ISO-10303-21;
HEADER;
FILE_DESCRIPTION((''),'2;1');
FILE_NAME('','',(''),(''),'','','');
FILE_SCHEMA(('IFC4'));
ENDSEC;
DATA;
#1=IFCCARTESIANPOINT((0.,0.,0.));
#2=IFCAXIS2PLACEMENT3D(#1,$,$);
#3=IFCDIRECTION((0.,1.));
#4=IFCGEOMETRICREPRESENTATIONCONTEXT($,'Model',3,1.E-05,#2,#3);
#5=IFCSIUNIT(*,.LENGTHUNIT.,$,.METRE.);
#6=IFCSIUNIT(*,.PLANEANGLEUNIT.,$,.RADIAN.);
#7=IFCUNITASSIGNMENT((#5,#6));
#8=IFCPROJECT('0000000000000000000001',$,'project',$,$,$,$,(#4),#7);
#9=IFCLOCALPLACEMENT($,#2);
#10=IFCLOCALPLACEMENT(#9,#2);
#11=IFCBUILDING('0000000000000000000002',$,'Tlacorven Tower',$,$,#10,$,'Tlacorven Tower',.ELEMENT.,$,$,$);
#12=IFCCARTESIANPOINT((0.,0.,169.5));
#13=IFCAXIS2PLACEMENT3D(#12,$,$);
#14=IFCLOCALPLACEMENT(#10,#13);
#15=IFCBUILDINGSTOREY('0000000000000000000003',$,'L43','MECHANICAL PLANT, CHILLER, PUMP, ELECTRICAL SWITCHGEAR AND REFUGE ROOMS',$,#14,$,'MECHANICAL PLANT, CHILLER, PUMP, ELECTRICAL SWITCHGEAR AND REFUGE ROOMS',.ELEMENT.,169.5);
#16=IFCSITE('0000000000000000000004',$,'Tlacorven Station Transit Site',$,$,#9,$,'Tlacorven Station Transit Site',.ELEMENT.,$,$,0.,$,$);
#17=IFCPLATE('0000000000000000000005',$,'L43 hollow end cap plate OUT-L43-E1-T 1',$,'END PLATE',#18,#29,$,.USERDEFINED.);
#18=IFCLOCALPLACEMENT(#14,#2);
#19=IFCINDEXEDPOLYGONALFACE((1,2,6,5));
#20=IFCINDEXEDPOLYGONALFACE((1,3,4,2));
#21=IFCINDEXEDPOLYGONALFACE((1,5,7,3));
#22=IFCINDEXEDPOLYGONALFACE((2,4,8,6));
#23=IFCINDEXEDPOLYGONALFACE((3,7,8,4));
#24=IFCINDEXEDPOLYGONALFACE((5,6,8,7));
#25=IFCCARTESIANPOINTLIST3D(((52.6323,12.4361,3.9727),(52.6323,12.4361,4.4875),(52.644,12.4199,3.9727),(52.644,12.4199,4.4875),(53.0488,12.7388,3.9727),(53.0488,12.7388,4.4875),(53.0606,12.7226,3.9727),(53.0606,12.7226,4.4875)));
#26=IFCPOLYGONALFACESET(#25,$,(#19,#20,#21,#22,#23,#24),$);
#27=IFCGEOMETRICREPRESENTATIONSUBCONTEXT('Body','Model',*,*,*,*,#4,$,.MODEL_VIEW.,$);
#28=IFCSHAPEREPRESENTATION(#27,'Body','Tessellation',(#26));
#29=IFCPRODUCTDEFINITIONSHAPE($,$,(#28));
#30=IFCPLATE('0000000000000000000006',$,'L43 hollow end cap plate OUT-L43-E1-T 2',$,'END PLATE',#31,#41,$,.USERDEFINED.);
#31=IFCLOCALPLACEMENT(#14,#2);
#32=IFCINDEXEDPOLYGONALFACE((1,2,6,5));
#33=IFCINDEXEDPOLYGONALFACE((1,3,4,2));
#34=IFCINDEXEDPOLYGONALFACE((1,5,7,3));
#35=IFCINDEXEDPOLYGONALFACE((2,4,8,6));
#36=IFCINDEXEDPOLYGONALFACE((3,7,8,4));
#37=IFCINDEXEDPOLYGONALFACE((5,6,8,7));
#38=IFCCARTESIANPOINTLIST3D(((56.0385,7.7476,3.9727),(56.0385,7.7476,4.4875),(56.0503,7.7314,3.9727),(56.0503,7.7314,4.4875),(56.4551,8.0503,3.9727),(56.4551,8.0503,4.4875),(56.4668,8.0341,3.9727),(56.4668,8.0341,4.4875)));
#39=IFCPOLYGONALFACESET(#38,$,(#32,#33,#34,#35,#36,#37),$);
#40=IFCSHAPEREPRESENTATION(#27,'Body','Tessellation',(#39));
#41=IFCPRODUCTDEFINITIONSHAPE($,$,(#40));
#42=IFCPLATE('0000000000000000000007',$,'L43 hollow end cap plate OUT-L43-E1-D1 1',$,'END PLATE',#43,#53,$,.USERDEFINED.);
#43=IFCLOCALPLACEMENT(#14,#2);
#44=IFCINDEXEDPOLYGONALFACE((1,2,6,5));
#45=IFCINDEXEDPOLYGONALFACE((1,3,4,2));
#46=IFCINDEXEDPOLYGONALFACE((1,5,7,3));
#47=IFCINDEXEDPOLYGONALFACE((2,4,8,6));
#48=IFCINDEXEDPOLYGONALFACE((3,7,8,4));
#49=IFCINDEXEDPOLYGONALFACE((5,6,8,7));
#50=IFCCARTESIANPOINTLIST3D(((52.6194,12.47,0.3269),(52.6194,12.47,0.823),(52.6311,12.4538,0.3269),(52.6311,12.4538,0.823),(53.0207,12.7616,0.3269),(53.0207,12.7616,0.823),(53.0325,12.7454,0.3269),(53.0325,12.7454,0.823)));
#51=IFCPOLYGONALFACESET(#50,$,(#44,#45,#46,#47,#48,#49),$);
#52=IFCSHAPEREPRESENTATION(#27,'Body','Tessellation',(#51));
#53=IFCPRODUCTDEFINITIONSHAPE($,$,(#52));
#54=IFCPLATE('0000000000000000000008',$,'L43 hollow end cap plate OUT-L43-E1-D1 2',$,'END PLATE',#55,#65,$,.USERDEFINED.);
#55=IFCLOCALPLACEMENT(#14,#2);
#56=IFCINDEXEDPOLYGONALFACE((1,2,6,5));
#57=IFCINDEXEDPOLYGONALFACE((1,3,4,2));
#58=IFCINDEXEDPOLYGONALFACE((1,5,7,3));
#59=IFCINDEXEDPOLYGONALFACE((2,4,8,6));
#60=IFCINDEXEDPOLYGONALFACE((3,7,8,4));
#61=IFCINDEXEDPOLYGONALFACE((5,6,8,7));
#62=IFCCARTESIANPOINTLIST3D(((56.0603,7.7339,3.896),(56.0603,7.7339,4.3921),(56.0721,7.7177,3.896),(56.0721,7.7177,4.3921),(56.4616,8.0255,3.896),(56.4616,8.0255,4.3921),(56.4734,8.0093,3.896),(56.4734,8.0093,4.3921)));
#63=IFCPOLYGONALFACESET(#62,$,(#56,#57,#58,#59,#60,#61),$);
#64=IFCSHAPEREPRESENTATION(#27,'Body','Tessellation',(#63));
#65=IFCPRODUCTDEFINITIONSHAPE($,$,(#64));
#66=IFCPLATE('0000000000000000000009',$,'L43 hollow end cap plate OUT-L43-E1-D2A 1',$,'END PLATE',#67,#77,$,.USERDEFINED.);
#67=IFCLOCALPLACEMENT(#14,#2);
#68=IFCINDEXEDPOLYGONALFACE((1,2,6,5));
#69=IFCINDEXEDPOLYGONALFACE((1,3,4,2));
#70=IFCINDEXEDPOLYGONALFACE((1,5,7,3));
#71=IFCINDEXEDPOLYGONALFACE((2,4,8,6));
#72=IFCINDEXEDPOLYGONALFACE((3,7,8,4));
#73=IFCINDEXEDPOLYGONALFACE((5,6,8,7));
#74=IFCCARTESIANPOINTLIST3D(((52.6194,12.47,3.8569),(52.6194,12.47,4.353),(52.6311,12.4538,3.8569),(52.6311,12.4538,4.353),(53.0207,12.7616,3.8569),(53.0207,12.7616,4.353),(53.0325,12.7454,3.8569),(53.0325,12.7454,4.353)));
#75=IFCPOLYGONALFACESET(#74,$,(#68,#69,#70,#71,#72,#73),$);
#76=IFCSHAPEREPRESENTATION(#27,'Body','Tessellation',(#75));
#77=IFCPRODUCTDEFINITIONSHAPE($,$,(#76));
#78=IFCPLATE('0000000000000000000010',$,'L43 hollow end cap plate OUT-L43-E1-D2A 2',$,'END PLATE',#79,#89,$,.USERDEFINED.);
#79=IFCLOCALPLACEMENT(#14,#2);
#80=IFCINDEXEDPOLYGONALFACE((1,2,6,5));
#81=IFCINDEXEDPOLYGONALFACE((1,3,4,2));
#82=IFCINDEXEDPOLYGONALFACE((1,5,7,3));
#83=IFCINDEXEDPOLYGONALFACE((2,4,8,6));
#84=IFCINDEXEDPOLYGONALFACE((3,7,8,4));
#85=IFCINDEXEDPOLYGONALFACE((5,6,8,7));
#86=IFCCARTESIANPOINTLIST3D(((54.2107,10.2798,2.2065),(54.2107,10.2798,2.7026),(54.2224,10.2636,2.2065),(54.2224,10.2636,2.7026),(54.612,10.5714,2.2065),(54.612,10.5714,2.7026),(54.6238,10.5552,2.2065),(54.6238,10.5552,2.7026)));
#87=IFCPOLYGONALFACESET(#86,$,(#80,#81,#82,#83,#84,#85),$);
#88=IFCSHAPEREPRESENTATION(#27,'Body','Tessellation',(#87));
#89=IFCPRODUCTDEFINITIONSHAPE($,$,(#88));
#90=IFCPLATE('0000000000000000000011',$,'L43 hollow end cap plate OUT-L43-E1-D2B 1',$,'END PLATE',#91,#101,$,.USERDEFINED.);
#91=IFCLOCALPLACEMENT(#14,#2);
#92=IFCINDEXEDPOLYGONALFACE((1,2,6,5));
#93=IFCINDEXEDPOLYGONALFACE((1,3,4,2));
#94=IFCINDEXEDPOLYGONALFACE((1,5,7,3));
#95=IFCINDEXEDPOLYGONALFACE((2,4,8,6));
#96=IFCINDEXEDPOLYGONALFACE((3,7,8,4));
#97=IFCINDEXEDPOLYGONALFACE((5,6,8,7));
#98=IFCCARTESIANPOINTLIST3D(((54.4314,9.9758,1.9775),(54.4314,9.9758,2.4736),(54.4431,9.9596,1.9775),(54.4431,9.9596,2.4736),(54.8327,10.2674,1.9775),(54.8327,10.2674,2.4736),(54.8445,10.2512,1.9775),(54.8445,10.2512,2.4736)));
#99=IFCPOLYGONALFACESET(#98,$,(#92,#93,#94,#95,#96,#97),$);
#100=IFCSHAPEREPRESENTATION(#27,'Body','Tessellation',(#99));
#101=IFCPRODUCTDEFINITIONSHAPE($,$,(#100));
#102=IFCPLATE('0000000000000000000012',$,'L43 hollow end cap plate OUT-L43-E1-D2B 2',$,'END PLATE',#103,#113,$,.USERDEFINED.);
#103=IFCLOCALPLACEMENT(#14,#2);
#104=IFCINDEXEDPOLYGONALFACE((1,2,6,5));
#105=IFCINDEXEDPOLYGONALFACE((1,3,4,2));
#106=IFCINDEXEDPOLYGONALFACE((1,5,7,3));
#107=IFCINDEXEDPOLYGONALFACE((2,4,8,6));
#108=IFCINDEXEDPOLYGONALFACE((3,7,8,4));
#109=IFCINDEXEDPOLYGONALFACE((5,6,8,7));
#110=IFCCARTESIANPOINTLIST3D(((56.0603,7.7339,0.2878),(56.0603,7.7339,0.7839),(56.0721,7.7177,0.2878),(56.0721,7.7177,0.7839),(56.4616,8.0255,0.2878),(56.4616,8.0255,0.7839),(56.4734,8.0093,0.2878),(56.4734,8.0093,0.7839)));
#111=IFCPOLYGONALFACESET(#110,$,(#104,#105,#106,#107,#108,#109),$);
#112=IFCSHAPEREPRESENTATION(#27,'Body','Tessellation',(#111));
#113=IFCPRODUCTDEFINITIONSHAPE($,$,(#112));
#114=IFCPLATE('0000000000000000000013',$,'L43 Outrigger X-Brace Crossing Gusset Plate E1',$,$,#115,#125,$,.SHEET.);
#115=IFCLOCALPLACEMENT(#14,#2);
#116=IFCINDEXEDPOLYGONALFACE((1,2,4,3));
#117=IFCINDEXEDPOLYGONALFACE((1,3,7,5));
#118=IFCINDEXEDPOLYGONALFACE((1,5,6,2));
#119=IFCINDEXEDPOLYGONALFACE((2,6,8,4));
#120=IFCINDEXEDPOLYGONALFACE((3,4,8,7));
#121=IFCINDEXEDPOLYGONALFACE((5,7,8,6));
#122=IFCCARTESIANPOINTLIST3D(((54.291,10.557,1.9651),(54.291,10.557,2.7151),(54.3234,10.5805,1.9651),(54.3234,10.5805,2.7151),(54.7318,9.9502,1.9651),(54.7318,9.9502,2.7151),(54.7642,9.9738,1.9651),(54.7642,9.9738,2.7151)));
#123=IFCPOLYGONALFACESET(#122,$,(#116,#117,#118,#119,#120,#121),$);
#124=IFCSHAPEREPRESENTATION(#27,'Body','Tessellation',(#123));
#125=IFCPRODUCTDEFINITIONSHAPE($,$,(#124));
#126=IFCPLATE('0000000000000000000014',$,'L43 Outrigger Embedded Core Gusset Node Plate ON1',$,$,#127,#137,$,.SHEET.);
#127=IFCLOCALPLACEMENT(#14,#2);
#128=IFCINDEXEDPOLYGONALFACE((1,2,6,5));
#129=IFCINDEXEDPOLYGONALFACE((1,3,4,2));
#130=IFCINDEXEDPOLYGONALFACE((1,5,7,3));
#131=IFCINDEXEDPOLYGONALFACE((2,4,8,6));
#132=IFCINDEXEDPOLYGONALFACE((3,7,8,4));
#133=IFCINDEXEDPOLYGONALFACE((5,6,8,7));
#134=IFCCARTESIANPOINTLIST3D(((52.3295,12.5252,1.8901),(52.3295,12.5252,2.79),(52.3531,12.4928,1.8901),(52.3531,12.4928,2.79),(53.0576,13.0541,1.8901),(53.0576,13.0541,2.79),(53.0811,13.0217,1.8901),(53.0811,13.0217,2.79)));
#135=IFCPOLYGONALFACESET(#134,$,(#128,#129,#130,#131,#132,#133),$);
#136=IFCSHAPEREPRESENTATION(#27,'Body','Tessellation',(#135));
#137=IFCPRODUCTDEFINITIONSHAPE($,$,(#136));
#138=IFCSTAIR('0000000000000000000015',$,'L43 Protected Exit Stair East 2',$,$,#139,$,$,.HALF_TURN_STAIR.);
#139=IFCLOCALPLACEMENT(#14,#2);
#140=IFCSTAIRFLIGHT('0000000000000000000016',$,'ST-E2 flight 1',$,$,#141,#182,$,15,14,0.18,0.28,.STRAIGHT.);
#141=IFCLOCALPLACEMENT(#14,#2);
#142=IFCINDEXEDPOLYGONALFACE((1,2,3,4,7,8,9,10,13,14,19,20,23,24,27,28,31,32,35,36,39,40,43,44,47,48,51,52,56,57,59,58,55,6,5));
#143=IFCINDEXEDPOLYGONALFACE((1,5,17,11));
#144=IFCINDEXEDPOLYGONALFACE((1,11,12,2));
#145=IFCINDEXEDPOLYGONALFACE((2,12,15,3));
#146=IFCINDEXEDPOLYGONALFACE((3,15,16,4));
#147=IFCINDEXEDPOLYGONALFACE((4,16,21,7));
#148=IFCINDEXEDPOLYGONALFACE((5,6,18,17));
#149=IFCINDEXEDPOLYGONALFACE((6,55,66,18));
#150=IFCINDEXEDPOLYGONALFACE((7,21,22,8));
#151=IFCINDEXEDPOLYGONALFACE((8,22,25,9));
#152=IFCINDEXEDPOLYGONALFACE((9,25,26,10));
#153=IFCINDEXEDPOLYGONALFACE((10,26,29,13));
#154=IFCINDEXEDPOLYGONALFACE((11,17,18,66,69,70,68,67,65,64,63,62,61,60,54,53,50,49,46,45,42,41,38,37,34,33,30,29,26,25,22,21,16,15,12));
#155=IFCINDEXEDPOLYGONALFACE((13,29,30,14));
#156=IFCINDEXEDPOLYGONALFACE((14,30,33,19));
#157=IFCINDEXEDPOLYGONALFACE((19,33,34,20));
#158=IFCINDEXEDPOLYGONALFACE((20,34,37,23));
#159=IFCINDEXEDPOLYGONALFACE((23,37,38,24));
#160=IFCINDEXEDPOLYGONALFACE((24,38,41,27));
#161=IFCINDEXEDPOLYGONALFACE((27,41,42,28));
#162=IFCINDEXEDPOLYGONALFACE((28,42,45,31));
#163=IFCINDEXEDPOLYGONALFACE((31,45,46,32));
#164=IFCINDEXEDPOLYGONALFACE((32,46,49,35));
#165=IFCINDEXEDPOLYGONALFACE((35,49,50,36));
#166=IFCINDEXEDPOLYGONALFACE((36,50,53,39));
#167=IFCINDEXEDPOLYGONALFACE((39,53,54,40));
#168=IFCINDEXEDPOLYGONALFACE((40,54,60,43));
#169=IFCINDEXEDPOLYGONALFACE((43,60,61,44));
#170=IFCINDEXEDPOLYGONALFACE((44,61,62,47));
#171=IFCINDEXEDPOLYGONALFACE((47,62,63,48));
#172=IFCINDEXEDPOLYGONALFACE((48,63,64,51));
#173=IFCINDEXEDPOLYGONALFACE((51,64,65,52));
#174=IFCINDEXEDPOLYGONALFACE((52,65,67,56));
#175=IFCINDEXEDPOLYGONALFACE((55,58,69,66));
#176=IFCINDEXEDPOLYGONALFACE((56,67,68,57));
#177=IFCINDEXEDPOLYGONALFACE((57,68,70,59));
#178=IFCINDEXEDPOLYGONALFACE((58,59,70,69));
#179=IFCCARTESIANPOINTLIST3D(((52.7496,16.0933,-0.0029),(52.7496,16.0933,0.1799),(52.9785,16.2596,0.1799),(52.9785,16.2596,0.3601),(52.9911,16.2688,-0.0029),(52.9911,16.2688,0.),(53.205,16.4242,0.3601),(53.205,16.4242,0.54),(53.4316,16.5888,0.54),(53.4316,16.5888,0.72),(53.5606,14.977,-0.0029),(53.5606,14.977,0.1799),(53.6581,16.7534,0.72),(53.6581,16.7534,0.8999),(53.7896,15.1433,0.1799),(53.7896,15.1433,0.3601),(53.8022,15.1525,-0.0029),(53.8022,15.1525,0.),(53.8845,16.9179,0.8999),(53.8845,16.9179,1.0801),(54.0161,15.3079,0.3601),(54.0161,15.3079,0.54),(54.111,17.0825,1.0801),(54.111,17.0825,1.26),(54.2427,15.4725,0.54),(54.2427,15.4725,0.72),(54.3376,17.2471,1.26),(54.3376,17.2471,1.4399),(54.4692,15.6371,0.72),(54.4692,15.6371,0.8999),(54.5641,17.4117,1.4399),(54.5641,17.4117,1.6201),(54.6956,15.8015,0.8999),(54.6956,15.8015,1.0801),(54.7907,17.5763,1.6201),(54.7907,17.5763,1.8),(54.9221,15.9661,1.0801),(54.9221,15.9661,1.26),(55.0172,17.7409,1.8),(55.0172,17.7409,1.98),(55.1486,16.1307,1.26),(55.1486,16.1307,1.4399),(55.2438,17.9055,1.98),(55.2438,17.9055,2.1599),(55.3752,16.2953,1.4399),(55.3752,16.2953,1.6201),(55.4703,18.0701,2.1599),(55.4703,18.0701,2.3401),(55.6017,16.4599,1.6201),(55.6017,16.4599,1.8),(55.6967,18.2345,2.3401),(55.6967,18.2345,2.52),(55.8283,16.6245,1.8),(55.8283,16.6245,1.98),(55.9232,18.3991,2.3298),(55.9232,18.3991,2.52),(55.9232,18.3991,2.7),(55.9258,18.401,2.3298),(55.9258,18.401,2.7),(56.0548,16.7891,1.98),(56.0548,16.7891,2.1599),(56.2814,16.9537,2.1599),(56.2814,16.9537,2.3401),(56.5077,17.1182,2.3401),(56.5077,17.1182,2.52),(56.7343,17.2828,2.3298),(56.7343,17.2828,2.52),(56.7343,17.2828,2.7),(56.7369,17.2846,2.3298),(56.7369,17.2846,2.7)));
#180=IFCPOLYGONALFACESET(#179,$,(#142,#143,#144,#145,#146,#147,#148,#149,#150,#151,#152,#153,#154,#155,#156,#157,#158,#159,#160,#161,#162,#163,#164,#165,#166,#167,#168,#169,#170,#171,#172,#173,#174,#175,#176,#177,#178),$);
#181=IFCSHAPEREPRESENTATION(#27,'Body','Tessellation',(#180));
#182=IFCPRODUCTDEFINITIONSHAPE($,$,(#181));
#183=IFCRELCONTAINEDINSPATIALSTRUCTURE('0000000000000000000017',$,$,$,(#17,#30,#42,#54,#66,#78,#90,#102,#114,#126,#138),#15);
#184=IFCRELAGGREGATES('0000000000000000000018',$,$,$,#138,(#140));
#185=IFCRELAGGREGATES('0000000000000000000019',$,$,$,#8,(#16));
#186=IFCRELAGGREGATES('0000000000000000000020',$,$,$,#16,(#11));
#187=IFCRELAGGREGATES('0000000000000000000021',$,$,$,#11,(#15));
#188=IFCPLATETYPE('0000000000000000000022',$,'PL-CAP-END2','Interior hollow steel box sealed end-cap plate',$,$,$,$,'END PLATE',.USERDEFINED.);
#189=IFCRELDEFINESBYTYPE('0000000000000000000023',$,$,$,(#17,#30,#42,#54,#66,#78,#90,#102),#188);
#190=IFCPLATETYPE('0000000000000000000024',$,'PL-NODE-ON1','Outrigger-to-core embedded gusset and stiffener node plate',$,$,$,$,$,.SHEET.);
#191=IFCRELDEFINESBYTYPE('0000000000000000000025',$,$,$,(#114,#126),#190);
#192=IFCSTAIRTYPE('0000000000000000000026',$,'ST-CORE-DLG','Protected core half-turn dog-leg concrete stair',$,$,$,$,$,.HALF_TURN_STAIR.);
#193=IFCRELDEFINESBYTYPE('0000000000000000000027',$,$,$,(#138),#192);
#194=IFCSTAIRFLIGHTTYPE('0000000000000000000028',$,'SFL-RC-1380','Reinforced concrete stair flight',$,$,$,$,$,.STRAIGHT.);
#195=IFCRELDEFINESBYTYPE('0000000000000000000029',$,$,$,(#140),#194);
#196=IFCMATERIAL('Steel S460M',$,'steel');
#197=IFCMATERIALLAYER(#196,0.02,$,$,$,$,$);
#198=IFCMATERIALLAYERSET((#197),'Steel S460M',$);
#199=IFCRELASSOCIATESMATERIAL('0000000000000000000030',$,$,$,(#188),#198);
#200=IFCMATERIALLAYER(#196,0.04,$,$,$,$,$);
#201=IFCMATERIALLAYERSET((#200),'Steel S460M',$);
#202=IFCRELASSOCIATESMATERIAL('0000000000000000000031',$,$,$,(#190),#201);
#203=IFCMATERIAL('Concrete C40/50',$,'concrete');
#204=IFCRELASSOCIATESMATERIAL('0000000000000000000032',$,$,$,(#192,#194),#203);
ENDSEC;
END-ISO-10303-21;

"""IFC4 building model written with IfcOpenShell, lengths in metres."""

from ifc_helpers import new_model, si_unit, direction, frame, origin, origin_2d, place, context, subcontext, project, spatial, polyline, rectangle, outline, extrude, source, transform, mapped, material, layer, layer_set, type_object, element, aggregate, save


model = new_model("IFC4")

# Units and contexts
model_context = context("Model", 3, precision=1e-05, world=origin(), true_north=direction((0.0, 1.0)))
body_context = subcontext(model_context, "Body", "Model", "MODEL_VIEW")
ifc_project = project(units=[si_unit("LENGTHUNIT", "METRE"), si_unit("PLANEANGLEUNIT", "RADIAN")], contexts=[model_context])

# Site, building, storey
site_placement = place(None, origin())
site = spatial("IfcSite", under=ifc_project, at=site_placement, Name="Tlacorven Station Transit Site", LongName="Tlacorven Station Transit Site", CompositionType="ELEMENT", RefElevation=0.0)
building_placement = place(site_placement, origin())
building = spatial("IfcBuilding", under=site, at=building_placement, Name="Tlacorven Tower", LongName="Tlacorven Tower", CompositionType="ELEMENT")
storey_placement = place(building_placement, frame((0.0, 0.0, 169.5)))
storey = spatial("IfcBuildingStorey", under=building, at=storey_placement, Name="L43", Description="MECHANICAL PLANT, CHILLER, PUMP, ELECTRICAL SWITCHGEAR AND REFUGE ROOMS", LongName="MECHANICAL PLANT, CHILLER, PUMP, ELECTRICAL SWITCHGEAR AND REFUGE ROOMS", CompositionType="ELEMENT", Elevation=169.5)

# Shared definitions
ifc_material_1 = material(Name="Steel S460M", Category="steel")

# Plates
ifc_layer_1 = layer(ifc_material_1, 0.02)
ifc_layer_set_1 = layer_set([ifc_layer_1], Name="Steel S460M")
plate_type_1 = type_object("IfcPlateType", Name="PL-CAP-END2", Description="Interior hollow steel box sealed end-cap plate", ElementType="END PLATE", PredefinedType="USERDEFINED", material=ifc_layer_set_1)
shared_shape_1 = source(origin(), body_context, "Body", "SweptSolid", [
    extrude(rectangle(XDim=0.02, YDim=0.5149, at=origin_2d()), origin(), (0.0, 0.0, 1.0), 0.5149),
])
for number, where, z_axis, x_axis, name in (
    (1, (52.8464, 12.5793, 3.9727), (0.0, 0.0, 1.0), (0.587785, -0.809017, 0.0), "L43 hollow end cap plate OUT-L43-E1-T 1"),
    (2, (56.2527, 7.8909, 3.9727), (0.0, 0.0, 1.0), (0.587785, -0.809017, 0.0), "L43 hollow end cap plate OUT-L43-E1-T 2"),
):
    element("IfcPlate", number, at=place(storey_placement, frame(where, z_axis=z_axis, x_axis=x_axis)), inside=storey, type_object=plate_type_1, Name=name, ObjectType="END PLATE", PredefinedType="USERDEFINED", context=body_context, shape_type="MappedRepresentation", body=[
        mapped(shared_shape_1, transform((0.0, 0.0, 0.0), scale=1.0)),
    ])
shared_shape_2 = source(origin(), body_context, "Body", "SweptSolid", [
    extrude(rectangle(XDim=0.02, YDim=0.4961, at=origin_2d()), origin(), (0.0, 0.0, 1.0), 0.4961),
])
for number, where, z_axis, x_axis, name in (
    (3, (52.8259, 12.6077, 0.3269), (0.0, 0.0, 1.0), (0.587785, -0.809017, 0.0), "L43 hollow end cap plate OUT-L43-E1-D1 1"),
    (4, (56.2668, 7.8716, 3.896), (0.0, 0.0, 1.0), (0.587785, -0.809017, 0.0), "L43 hollow end cap plate OUT-L43-E1-D1 2"),
    (5, (52.8259, 12.6077, 3.8569), (0.0, 0.0, 1.0), (0.587784, -0.809018, 0.0), "L43 hollow end cap plate OUT-L43-E1-D2A 1"),
    (6, (54.4172, 10.4175, 2.2065), (0.0, 0.0, 1.0), (0.587784, -0.809018, 0.0), "L43 hollow end cap plate OUT-L43-E1-D2A 2"),
    (7, (54.6379, 10.1135, 1.9775), (0.0, 0.0, 1.0), (0.587787, -0.809016, 0.0), "L43 hollow end cap plate OUT-L43-E1-D2B 1"),
    (8, (56.2668, 7.8716, 0.2878), (0.0, 0.0, 1.0), (0.587787, -0.809016, 0.0), "L43 hollow end cap plate OUT-L43-E1-D2B 2"),
):
    element("IfcPlate", number, at=place(storey_placement, frame(where, z_axis=z_axis, x_axis=x_axis)), inside=storey, type_object=plate_type_1, Name=name, ObjectType="END PLATE", PredefinedType="USERDEFINED", context=body_context, shape_type="MappedRepresentation", body=[
        mapped(shared_shape_2, transform((0.0, 0.0, 0.0), scale=1.0)),
    ])
ifc_layer_2 = layer(ifc_material_1, 0.04)
ifc_layer_set_2 = layer_set([ifc_layer_2], Name="Steel S460M")
plate_type_2 = type_object("IfcPlateType", Name="PL-NODE-ON1", Description="Outrigger-to-core embedded gusset and stiffener node plate", PredefinedType="SHEET", material=ifc_layer_set_2)
shared_shape_3 = source(origin(), body_context, "Body", "SweptSolid", [
    extrude(rectangle(XDim=0.75, YDim=0.04, at=origin_2d()), origin(), (0.0, 0.0, 1.0), 0.75),
])
plate_1_placement = place(storey_placement, frame((54.5276, 10.2654, 1.9651), z_axis=(0.0, 0.0, 1.0), x_axis=(-0.587785, 0.809017, 0.0)))
element("IfcPlate", 9, at=plate_1_placement, inside=storey, type_object=plate_type_2, Name="L43 Outrigger X-Brace Crossing Gusset Plate E1", PredefinedType="SHEET", context=body_context, shape_type="MappedRepresentation", body=[
    mapped(shared_shape_3, transform((0.0, 0.0, 0.0), scale=1.0)),
])
shared_shape_4 = source(origin(), body_context, "Body", "SweptSolid", [
    extrude(rectangle(XDim=0.8999, YDim=0.04, at=origin_2d()), origin(), (0.0, 0.0, 1.0), 0.8999),
])
plate_2_placement = place(storey_placement, frame((52.7053, 12.7734, 1.8901), z_axis=(0.0, 0.0, 1.0), x_axis=(0.809017, 0.587785, 0.0)))
element("IfcPlate", 10, at=plate_2_placement, inside=storey, type_object=plate_type_2, Name="L43 Outrigger Embedded Core Gusset Node Plate ON1", PredefinedType="SHEET", context=body_context, shape_type="MappedRepresentation", body=[
    mapped(shared_shape_4, transform((0.0, 0.0, 0.0), scale=1.0)),
])

# Stair, stair flight
ifc_material_2 = material(Name="Concrete C40/50", Category="concrete")
stair_type = type_object("IfcStairType", Name="ST-CORE-DLG", Description="Protected core half-turn dog-leg concrete stair", PredefinedType="HALF_TURN_STAIR", material=ifc_material_2)
stair_placement = place(storey_placement, origin())
stair = element("IfcStair", 11, at=stair_placement, inside=storey, type_object=stair_type, Name="L43 Protected Exit Stair East 2", PredefinedType="HALF_TURN_STAIR")
stair_flight_type = type_object("IfcStairFlightType", Name="SFL-RC-1380", Description="Reinforced concrete stair flight", PredefinedType="STRAIGHT", material=ifc_material_2)
shared_shape_5 = source(origin(), body_context, "Body", "SweptSolid", [
    extrude(outline(polyline([(-0.0029, -0.0029), (-0.0029, 0.1799), (0.28, 0.1799), (0.28, 0.3601), (0.5601, 0.3601), (0.5601, 0.54), (0.8401, 0.54), (0.8401, 0.72), (1.1201, 0.72), (1.1201, 0.8999), (1.3999, 0.8999), (1.3999, 1.0801), (1.6799, 1.0801), (1.6799, 1.26), (1.96, 1.26), (1.96, 1.4399), (2.24, 1.4399), (2.24, 1.6201), (2.52, 1.6201), (2.52, 1.8), (2.8, 1.8), (2.8, 1.98), (3.0801, 1.98), (3.0801, 2.1599), (3.3601, 2.1599), (3.3601, 2.3401), (3.6399, 2.3401), (3.6399, 2.52), (3.9199, 2.52), (3.9199, 2.7), (3.9231, 2.7), (3.9231, 2.3298), (3.9199, 2.3298), (0.2957, 0.0), (0.2957, -0.0029), (-0.0029, -0.0029)])), frame((0.0, 0.6899, 0.0), z_axis=(0.0, -1.0, 0.0), x_axis=(1.0, 0.0, 0.0)), (0.0, 0.0, 1.0), 1.3799),
])
stair_flight_1_placement = place(storey_placement, frame((53.1575, 15.5369, 0.0), z_axis=(0.0, 0.0, 1.0), x_axis=(0.809017, 0.587785, 0.0)))
stair_flight_1 = element("IfcStairFlight", 12, at=stair_flight_1_placement, type_object=stair_flight_type, Name="ST-E2 flight 1", NumberOfRisers=15, NumberOfTreads=14, PredefinedType="STRAIGHT", RiserHeight=0.18, TreadLength=0.28, context=body_context, shape_type="MappedRepresentation", body=[
    mapped(shared_shape_5, transform((0.0, 0.0, 0.0), scale=1.0)),
])
aggregate(stair, [stair_flight_1])

save(model, "model.ifc")
